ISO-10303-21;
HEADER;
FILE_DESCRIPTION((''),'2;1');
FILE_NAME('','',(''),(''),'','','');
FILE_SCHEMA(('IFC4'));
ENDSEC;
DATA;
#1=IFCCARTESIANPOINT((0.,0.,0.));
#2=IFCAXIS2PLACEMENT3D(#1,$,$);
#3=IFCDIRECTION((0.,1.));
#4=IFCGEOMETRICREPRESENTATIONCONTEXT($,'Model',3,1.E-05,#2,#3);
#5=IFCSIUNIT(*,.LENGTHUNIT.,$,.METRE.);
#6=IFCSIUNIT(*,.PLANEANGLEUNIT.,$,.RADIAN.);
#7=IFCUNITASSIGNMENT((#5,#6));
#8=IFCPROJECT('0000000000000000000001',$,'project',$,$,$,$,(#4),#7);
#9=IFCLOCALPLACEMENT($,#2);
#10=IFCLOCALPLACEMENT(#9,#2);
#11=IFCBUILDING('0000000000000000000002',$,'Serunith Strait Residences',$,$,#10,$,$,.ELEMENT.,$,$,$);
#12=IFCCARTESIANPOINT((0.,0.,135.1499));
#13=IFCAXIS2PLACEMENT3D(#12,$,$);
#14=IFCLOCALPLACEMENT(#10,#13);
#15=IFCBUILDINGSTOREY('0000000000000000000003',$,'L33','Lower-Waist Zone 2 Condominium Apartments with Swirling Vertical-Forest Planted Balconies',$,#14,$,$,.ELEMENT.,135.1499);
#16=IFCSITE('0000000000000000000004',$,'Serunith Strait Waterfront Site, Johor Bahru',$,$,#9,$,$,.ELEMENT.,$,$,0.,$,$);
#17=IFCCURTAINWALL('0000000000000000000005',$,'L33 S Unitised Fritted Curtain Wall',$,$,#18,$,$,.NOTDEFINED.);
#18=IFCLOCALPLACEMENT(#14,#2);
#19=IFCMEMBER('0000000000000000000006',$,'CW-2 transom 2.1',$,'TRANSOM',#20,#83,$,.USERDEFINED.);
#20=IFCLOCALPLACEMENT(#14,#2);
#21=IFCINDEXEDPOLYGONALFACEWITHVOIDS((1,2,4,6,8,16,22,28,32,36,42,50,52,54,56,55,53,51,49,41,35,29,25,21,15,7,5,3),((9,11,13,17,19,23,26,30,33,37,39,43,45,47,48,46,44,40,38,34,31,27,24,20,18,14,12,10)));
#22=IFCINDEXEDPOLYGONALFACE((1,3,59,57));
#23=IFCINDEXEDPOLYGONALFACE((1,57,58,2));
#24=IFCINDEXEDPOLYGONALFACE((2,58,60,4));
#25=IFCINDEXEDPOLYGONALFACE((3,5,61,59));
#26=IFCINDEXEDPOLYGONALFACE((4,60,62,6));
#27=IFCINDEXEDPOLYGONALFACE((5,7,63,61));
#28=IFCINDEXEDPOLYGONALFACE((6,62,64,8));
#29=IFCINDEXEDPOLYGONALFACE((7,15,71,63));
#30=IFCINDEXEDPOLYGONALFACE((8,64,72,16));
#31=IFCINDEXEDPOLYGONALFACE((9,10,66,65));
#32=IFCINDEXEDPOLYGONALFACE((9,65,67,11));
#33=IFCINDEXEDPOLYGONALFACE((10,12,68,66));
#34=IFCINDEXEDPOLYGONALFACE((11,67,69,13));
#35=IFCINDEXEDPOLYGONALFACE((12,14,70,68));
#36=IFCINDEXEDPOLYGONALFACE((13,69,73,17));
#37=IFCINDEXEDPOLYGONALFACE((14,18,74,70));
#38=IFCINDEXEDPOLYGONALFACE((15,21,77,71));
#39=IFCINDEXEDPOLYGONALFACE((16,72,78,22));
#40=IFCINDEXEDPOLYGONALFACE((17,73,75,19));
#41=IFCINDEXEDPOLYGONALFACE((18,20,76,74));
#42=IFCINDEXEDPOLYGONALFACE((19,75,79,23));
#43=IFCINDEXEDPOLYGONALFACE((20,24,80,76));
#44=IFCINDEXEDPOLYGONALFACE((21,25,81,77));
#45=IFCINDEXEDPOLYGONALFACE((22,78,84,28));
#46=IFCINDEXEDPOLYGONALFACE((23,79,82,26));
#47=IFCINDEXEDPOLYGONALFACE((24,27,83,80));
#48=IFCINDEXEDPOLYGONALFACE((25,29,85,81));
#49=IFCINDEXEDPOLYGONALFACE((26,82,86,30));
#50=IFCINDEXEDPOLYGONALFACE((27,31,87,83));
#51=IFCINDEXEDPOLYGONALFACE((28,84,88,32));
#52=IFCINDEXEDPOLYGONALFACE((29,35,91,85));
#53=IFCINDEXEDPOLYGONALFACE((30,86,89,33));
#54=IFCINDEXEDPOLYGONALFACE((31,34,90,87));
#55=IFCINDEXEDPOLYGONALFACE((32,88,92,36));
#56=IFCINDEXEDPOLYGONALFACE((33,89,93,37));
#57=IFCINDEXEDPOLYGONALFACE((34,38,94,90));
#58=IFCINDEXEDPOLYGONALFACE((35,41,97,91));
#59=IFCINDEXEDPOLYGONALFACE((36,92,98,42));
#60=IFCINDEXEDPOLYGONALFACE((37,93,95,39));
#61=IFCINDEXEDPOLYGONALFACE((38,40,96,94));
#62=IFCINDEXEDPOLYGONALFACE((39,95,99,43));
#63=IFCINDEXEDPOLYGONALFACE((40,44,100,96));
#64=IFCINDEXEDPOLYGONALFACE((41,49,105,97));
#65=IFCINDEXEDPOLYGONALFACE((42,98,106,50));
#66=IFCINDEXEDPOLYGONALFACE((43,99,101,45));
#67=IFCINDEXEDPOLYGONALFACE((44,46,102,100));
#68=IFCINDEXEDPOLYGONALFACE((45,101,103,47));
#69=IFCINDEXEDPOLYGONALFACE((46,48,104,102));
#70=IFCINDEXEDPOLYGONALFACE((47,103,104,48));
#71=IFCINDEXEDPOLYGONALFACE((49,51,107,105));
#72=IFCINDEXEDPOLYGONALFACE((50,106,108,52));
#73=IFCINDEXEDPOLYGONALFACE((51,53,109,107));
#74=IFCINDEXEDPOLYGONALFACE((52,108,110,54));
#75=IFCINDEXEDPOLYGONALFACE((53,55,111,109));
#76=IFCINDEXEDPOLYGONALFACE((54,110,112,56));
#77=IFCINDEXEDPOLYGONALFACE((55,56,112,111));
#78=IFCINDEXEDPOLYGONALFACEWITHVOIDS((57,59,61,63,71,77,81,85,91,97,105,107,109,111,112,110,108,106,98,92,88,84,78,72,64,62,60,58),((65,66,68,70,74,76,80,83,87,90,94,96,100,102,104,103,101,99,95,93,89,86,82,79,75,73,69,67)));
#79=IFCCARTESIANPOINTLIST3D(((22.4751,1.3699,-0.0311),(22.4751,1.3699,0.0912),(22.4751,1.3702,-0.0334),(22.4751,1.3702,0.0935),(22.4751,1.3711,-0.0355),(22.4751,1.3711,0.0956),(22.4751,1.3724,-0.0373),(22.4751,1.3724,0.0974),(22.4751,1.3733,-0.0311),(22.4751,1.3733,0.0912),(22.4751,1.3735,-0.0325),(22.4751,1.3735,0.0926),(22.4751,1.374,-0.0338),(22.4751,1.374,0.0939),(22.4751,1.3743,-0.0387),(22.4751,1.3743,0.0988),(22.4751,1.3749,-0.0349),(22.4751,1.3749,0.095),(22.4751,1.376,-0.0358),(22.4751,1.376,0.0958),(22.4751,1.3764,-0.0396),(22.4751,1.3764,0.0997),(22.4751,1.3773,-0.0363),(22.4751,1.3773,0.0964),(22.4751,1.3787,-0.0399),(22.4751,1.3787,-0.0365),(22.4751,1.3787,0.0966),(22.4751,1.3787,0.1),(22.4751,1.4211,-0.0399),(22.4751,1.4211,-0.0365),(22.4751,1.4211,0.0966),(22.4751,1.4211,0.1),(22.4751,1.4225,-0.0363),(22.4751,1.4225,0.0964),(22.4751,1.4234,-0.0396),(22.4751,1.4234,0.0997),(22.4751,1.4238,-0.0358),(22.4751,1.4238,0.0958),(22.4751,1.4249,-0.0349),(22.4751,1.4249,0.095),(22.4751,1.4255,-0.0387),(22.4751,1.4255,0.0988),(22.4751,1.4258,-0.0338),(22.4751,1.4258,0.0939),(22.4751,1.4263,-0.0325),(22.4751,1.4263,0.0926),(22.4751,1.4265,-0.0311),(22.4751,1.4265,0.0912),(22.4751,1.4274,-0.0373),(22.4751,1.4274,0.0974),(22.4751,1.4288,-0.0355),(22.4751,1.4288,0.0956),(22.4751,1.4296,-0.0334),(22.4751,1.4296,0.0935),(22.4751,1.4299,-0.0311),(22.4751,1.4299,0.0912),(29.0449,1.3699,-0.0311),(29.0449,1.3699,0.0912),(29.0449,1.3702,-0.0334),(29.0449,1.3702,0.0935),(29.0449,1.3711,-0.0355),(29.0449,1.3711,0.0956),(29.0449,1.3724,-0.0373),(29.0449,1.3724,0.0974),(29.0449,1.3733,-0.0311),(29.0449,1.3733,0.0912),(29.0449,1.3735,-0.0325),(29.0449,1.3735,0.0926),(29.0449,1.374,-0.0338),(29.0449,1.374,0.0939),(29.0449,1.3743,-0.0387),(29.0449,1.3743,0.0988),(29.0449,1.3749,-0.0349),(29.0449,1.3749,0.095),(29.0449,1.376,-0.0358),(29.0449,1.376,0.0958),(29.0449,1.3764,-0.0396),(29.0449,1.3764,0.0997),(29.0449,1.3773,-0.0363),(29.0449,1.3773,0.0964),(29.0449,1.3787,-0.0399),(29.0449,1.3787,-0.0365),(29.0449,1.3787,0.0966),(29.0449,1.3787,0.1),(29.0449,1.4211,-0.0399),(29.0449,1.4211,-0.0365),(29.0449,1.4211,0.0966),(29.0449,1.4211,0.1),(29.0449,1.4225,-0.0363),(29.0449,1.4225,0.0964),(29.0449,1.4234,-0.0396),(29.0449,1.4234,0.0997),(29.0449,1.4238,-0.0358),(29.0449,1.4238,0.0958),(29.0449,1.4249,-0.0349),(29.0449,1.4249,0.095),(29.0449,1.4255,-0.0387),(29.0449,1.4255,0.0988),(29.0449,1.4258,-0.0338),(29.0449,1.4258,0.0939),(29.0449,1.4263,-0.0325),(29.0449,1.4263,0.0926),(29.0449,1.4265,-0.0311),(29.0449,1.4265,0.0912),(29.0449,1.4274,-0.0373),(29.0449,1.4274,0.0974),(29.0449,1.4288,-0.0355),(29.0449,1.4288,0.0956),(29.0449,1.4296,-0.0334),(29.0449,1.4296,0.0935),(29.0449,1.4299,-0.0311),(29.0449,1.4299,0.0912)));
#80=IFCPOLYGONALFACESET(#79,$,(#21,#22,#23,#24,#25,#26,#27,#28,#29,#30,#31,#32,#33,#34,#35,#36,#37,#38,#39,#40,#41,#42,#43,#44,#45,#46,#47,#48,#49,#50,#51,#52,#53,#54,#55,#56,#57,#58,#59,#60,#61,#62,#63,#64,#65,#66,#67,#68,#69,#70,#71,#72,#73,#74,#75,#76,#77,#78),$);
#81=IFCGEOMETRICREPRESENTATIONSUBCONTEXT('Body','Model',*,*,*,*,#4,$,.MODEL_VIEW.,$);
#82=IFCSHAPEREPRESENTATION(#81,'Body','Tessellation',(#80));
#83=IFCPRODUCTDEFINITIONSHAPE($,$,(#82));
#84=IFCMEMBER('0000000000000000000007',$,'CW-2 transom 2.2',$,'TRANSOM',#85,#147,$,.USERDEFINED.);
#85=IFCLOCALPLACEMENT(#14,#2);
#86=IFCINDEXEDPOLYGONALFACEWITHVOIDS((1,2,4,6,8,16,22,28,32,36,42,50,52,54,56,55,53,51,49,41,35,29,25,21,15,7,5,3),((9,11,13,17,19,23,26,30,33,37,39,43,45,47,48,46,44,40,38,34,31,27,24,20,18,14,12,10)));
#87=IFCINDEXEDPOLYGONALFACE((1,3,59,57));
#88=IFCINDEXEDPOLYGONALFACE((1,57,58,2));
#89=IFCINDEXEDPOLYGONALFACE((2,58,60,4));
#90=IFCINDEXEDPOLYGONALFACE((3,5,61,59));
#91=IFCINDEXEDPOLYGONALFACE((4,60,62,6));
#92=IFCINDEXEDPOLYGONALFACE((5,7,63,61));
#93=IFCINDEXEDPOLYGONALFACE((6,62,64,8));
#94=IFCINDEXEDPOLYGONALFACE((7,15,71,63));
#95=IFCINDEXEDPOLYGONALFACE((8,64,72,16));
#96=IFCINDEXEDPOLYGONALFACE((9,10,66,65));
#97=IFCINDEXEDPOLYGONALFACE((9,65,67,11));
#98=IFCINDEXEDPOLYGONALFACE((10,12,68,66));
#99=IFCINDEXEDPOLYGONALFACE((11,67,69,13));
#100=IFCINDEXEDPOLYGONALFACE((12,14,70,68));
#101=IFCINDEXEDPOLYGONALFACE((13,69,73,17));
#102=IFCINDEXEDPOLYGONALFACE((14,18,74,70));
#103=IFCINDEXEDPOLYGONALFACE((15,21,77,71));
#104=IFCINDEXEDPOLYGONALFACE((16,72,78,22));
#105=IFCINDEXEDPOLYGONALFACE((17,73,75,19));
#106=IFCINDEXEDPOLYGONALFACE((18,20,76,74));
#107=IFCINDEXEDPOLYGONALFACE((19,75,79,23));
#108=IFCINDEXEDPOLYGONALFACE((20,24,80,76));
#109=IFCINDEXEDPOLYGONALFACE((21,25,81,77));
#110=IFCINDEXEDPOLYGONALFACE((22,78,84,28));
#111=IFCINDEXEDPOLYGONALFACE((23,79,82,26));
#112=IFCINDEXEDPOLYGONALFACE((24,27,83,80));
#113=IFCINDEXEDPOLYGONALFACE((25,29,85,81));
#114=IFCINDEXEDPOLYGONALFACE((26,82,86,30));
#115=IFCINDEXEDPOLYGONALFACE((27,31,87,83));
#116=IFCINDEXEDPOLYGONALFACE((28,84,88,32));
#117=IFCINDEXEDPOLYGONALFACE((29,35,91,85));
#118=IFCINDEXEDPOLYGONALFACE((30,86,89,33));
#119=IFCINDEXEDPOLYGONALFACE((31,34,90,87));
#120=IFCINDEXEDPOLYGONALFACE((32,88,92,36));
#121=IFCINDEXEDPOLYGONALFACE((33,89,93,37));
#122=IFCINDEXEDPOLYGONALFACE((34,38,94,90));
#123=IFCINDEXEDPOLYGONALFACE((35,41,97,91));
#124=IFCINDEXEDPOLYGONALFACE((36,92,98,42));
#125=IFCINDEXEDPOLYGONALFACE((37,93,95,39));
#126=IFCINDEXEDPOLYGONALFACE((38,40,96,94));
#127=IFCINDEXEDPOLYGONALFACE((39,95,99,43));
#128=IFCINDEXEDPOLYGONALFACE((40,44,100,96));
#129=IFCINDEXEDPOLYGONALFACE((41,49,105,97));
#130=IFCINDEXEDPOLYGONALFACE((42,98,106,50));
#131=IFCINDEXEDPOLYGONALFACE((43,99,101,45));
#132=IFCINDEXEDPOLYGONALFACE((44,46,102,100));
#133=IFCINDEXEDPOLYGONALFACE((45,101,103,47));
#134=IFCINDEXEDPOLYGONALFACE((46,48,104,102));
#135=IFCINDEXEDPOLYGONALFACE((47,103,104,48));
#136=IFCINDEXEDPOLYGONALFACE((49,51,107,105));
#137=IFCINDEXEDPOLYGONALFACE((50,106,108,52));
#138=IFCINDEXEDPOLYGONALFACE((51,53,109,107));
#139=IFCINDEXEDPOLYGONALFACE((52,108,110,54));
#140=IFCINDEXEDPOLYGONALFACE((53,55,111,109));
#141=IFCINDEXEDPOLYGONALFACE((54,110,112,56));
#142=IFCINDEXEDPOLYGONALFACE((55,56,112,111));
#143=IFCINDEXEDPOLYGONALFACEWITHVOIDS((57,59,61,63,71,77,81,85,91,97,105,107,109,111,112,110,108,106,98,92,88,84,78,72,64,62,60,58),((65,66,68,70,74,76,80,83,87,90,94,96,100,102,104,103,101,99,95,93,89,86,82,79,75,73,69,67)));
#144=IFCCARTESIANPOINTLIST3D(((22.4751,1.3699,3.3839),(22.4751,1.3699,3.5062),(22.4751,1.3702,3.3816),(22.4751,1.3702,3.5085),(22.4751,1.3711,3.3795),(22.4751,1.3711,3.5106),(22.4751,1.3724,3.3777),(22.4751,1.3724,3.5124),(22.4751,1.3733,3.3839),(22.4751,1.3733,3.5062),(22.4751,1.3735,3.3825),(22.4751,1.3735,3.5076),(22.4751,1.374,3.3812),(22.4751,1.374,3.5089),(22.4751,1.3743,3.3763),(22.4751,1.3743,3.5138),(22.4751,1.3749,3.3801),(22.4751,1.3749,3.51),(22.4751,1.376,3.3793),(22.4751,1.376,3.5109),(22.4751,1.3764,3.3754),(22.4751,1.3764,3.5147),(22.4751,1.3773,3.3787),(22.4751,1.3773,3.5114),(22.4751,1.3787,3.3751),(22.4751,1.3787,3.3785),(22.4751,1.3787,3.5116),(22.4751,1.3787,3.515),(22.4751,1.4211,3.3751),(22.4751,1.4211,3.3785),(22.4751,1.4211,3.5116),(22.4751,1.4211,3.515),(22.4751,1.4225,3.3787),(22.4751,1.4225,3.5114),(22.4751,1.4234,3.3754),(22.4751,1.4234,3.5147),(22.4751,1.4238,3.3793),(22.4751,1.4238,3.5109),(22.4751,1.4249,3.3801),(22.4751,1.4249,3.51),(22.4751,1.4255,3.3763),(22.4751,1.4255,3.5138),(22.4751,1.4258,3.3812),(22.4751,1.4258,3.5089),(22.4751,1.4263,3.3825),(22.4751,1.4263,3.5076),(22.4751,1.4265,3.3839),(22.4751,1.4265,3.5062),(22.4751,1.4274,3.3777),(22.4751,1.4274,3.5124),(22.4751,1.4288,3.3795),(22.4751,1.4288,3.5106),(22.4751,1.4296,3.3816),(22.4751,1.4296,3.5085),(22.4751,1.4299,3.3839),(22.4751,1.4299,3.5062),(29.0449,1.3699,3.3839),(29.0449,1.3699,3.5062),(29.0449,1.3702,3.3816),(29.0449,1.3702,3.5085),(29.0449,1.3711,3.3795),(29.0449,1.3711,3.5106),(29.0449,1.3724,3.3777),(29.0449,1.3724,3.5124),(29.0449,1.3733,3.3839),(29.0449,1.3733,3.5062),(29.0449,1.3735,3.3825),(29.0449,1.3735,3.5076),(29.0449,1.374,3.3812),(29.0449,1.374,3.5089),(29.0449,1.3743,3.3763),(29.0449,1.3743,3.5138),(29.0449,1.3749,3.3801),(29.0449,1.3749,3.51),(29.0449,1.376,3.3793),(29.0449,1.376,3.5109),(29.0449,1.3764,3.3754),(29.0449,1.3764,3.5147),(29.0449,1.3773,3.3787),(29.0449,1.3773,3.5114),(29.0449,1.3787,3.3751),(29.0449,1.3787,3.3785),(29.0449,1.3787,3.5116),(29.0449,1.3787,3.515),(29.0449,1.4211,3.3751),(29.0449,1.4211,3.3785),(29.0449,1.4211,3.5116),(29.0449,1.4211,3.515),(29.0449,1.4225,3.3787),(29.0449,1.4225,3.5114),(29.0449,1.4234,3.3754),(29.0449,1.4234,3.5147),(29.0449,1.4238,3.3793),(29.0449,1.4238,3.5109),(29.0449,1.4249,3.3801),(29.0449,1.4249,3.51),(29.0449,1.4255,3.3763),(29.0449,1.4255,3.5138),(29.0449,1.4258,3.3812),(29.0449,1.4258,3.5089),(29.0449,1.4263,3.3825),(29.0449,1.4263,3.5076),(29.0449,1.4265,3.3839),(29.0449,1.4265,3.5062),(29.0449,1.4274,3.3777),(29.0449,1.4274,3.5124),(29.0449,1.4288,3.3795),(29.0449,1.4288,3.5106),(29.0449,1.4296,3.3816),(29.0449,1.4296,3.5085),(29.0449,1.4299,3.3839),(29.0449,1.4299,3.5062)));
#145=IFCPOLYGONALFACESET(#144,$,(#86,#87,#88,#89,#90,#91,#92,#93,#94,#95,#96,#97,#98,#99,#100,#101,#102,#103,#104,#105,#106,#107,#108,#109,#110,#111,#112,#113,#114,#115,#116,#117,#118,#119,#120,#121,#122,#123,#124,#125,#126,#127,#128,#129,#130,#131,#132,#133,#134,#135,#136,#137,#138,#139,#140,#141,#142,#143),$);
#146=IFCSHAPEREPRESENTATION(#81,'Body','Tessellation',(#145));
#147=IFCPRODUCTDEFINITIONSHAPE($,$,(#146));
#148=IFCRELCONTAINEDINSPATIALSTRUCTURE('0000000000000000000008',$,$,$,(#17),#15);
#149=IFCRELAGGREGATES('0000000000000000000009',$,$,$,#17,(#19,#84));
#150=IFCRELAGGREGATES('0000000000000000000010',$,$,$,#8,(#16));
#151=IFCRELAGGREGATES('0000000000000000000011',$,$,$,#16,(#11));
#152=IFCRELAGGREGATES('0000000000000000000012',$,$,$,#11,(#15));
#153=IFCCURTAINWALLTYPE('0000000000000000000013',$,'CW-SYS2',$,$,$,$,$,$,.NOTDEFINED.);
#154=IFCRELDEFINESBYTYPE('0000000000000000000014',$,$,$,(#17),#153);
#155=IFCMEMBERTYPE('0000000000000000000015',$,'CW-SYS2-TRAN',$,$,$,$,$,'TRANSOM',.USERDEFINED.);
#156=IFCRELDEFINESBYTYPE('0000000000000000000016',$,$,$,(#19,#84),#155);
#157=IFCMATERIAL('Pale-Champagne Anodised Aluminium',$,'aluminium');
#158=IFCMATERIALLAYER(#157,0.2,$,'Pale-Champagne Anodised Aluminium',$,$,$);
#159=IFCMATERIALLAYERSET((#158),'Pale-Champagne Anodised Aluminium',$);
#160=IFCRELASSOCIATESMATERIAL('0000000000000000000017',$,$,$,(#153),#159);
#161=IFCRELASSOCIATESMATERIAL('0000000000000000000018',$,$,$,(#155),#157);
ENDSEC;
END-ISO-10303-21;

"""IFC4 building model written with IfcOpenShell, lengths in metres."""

from ifc_helpers import new_model, si_unit, direction, frame, origin, origin_2d, place, context, subcontext, project, spatial, hollow_rectangle, extrude, source, transform, mapped, material, layer, layer_set, material_profile, profile_set, type_object, element, aggregate, save


model = new_model("IFC4")

# Units and contexts
model_context = context("Model", 3, precision=1e-05, world=origin(), true_north=direction((0.0, 1.0)))
body_context = subcontext(model_context, "Body", "Model", "MODEL_VIEW")
ifc_project = project(units=[si_unit("LENGTHUNIT", "METRE"), si_unit("PLANEANGLEUNIT", "RADIAN")], contexts=[model_context])

# Site, building, storey
site_placement = place(None, origin())
site = spatial("IfcSite", under=ifc_project, at=site_placement, Name="Serunith Strait Waterfront Site, Johor Bahru", CompositionType="ELEMENT", RefElevation=0.0)
building_placement = place(site_placement, origin())
building = spatial("IfcBuilding", under=site, at=building_placement, Name="Serunith Strait Residences", CompositionType="ELEMENT")
storey_placement = place(building_placement, frame((0.0, 0.0, 135.1499)))
storey = spatial("IfcBuildingStorey", under=building, at=storey_placement, Name="L33", Description="Lower-Waist Zone 2 Condominium Apartments with Swirling Vertical-Forest Planted Balconies", CompositionType="ELEMENT", Elevation=135.1499)

# Curtain wall, members
ifc_material_1 = material(Name="Pale-Champagne Anodised Aluminium", Category="aluminium")
ifc_layer_1 = layer(ifc_material_1, 0.2, Name="Pale-Champagne Anodised Aluminium")
ifc_layer_set_1 = layer_set([ifc_layer_1], Name="Pale-Champagne Anodised Aluminium")
curtain_wall_type = type_object("IfcCurtainWallType", Name="CW-SYS2", PredefinedType="NOTDEFINED", material=ifc_layer_set_1)
curtain_wall_placement = place(storey_placement, origin())
curtain_wall = element("IfcCurtainWall", 1, at=curtain_wall_placement, inside=storey, type_object=curtain_wall_type, Name="L33 S Unitised Fritted Curtain Wall", PredefinedType="NOTDEFINED")
ifc_material_profile_1 = material_profile(ifc_material_1, hollow_rectangle(XDim=0.0601, YDim=0.1399, WallThickness=0.0034, InnerFilletRadius=0.0054, OuterFilletRadius=0.0088, at=origin_2d()), Name="ALU 140x60x3.5")
ifc_profile_set_1 = profile_set([ifc_material_profile_1], Name="Pale-Champagne Anodised Aluminium")
member_type_1 = type_object("IfcMemberType", Name="CW-SYS2-TRAN", ElementType="TRANSOM", PredefinedType="USERDEFINED", material=ifc_profile_set_1)
shared_shape_1 = source(origin(), body_context, "Body", "SweptSolid", [
    extrude(hollow_rectangle(XDim=0.0601, YDim=0.1399, WallThickness=0.0034, InnerFilletRadius=0.0054, OuterFilletRadius=0.0088, at=origin_2d()), origin(), (0.0, 0.0, 1.0), 6.5698),
])
member_1_placement = place(storey_placement, frame((22.4751, 1.3999, 0.03), z_axis=(1.0, 0.0, 0.0), x_axis=(0.0, 1.0, 0.0)))
member_1 = element("IfcMember", 2, at=member_1_placement, type_object=member_type_1, Name="CW-2 transom 2.1", ObjectType="TRANSOM", PredefinedType="USERDEFINED", context=body_context, shape_type="MappedRepresentation", body=[
    mapped(shared_shape_1, transform((0.0, 0.0, 0.0), scale=1.0)),
])
member_2_placement = place(storey_placement, frame((22.4751, 1.3999, 3.4451), z_axis=(1.0, 0.0, 0.0), x_axis=(0.0, 1.0, 0.0)))
member_2 = element("IfcMember", 3, at=member_2_placement, type_object=member_type_1, Name="CW-2 transom 2.2", ObjectType="TRANSOM", PredefinedType="USERDEFINED", context=body_context, shape_type="MappedRepresentation", body=[
    mapped(shared_shape_1, transform((0.0, 0.0, 0.0), scale=1.0)),
])
aggregate(curtain_wall, [member_1, member_2])

save(model, "model.ifc")
